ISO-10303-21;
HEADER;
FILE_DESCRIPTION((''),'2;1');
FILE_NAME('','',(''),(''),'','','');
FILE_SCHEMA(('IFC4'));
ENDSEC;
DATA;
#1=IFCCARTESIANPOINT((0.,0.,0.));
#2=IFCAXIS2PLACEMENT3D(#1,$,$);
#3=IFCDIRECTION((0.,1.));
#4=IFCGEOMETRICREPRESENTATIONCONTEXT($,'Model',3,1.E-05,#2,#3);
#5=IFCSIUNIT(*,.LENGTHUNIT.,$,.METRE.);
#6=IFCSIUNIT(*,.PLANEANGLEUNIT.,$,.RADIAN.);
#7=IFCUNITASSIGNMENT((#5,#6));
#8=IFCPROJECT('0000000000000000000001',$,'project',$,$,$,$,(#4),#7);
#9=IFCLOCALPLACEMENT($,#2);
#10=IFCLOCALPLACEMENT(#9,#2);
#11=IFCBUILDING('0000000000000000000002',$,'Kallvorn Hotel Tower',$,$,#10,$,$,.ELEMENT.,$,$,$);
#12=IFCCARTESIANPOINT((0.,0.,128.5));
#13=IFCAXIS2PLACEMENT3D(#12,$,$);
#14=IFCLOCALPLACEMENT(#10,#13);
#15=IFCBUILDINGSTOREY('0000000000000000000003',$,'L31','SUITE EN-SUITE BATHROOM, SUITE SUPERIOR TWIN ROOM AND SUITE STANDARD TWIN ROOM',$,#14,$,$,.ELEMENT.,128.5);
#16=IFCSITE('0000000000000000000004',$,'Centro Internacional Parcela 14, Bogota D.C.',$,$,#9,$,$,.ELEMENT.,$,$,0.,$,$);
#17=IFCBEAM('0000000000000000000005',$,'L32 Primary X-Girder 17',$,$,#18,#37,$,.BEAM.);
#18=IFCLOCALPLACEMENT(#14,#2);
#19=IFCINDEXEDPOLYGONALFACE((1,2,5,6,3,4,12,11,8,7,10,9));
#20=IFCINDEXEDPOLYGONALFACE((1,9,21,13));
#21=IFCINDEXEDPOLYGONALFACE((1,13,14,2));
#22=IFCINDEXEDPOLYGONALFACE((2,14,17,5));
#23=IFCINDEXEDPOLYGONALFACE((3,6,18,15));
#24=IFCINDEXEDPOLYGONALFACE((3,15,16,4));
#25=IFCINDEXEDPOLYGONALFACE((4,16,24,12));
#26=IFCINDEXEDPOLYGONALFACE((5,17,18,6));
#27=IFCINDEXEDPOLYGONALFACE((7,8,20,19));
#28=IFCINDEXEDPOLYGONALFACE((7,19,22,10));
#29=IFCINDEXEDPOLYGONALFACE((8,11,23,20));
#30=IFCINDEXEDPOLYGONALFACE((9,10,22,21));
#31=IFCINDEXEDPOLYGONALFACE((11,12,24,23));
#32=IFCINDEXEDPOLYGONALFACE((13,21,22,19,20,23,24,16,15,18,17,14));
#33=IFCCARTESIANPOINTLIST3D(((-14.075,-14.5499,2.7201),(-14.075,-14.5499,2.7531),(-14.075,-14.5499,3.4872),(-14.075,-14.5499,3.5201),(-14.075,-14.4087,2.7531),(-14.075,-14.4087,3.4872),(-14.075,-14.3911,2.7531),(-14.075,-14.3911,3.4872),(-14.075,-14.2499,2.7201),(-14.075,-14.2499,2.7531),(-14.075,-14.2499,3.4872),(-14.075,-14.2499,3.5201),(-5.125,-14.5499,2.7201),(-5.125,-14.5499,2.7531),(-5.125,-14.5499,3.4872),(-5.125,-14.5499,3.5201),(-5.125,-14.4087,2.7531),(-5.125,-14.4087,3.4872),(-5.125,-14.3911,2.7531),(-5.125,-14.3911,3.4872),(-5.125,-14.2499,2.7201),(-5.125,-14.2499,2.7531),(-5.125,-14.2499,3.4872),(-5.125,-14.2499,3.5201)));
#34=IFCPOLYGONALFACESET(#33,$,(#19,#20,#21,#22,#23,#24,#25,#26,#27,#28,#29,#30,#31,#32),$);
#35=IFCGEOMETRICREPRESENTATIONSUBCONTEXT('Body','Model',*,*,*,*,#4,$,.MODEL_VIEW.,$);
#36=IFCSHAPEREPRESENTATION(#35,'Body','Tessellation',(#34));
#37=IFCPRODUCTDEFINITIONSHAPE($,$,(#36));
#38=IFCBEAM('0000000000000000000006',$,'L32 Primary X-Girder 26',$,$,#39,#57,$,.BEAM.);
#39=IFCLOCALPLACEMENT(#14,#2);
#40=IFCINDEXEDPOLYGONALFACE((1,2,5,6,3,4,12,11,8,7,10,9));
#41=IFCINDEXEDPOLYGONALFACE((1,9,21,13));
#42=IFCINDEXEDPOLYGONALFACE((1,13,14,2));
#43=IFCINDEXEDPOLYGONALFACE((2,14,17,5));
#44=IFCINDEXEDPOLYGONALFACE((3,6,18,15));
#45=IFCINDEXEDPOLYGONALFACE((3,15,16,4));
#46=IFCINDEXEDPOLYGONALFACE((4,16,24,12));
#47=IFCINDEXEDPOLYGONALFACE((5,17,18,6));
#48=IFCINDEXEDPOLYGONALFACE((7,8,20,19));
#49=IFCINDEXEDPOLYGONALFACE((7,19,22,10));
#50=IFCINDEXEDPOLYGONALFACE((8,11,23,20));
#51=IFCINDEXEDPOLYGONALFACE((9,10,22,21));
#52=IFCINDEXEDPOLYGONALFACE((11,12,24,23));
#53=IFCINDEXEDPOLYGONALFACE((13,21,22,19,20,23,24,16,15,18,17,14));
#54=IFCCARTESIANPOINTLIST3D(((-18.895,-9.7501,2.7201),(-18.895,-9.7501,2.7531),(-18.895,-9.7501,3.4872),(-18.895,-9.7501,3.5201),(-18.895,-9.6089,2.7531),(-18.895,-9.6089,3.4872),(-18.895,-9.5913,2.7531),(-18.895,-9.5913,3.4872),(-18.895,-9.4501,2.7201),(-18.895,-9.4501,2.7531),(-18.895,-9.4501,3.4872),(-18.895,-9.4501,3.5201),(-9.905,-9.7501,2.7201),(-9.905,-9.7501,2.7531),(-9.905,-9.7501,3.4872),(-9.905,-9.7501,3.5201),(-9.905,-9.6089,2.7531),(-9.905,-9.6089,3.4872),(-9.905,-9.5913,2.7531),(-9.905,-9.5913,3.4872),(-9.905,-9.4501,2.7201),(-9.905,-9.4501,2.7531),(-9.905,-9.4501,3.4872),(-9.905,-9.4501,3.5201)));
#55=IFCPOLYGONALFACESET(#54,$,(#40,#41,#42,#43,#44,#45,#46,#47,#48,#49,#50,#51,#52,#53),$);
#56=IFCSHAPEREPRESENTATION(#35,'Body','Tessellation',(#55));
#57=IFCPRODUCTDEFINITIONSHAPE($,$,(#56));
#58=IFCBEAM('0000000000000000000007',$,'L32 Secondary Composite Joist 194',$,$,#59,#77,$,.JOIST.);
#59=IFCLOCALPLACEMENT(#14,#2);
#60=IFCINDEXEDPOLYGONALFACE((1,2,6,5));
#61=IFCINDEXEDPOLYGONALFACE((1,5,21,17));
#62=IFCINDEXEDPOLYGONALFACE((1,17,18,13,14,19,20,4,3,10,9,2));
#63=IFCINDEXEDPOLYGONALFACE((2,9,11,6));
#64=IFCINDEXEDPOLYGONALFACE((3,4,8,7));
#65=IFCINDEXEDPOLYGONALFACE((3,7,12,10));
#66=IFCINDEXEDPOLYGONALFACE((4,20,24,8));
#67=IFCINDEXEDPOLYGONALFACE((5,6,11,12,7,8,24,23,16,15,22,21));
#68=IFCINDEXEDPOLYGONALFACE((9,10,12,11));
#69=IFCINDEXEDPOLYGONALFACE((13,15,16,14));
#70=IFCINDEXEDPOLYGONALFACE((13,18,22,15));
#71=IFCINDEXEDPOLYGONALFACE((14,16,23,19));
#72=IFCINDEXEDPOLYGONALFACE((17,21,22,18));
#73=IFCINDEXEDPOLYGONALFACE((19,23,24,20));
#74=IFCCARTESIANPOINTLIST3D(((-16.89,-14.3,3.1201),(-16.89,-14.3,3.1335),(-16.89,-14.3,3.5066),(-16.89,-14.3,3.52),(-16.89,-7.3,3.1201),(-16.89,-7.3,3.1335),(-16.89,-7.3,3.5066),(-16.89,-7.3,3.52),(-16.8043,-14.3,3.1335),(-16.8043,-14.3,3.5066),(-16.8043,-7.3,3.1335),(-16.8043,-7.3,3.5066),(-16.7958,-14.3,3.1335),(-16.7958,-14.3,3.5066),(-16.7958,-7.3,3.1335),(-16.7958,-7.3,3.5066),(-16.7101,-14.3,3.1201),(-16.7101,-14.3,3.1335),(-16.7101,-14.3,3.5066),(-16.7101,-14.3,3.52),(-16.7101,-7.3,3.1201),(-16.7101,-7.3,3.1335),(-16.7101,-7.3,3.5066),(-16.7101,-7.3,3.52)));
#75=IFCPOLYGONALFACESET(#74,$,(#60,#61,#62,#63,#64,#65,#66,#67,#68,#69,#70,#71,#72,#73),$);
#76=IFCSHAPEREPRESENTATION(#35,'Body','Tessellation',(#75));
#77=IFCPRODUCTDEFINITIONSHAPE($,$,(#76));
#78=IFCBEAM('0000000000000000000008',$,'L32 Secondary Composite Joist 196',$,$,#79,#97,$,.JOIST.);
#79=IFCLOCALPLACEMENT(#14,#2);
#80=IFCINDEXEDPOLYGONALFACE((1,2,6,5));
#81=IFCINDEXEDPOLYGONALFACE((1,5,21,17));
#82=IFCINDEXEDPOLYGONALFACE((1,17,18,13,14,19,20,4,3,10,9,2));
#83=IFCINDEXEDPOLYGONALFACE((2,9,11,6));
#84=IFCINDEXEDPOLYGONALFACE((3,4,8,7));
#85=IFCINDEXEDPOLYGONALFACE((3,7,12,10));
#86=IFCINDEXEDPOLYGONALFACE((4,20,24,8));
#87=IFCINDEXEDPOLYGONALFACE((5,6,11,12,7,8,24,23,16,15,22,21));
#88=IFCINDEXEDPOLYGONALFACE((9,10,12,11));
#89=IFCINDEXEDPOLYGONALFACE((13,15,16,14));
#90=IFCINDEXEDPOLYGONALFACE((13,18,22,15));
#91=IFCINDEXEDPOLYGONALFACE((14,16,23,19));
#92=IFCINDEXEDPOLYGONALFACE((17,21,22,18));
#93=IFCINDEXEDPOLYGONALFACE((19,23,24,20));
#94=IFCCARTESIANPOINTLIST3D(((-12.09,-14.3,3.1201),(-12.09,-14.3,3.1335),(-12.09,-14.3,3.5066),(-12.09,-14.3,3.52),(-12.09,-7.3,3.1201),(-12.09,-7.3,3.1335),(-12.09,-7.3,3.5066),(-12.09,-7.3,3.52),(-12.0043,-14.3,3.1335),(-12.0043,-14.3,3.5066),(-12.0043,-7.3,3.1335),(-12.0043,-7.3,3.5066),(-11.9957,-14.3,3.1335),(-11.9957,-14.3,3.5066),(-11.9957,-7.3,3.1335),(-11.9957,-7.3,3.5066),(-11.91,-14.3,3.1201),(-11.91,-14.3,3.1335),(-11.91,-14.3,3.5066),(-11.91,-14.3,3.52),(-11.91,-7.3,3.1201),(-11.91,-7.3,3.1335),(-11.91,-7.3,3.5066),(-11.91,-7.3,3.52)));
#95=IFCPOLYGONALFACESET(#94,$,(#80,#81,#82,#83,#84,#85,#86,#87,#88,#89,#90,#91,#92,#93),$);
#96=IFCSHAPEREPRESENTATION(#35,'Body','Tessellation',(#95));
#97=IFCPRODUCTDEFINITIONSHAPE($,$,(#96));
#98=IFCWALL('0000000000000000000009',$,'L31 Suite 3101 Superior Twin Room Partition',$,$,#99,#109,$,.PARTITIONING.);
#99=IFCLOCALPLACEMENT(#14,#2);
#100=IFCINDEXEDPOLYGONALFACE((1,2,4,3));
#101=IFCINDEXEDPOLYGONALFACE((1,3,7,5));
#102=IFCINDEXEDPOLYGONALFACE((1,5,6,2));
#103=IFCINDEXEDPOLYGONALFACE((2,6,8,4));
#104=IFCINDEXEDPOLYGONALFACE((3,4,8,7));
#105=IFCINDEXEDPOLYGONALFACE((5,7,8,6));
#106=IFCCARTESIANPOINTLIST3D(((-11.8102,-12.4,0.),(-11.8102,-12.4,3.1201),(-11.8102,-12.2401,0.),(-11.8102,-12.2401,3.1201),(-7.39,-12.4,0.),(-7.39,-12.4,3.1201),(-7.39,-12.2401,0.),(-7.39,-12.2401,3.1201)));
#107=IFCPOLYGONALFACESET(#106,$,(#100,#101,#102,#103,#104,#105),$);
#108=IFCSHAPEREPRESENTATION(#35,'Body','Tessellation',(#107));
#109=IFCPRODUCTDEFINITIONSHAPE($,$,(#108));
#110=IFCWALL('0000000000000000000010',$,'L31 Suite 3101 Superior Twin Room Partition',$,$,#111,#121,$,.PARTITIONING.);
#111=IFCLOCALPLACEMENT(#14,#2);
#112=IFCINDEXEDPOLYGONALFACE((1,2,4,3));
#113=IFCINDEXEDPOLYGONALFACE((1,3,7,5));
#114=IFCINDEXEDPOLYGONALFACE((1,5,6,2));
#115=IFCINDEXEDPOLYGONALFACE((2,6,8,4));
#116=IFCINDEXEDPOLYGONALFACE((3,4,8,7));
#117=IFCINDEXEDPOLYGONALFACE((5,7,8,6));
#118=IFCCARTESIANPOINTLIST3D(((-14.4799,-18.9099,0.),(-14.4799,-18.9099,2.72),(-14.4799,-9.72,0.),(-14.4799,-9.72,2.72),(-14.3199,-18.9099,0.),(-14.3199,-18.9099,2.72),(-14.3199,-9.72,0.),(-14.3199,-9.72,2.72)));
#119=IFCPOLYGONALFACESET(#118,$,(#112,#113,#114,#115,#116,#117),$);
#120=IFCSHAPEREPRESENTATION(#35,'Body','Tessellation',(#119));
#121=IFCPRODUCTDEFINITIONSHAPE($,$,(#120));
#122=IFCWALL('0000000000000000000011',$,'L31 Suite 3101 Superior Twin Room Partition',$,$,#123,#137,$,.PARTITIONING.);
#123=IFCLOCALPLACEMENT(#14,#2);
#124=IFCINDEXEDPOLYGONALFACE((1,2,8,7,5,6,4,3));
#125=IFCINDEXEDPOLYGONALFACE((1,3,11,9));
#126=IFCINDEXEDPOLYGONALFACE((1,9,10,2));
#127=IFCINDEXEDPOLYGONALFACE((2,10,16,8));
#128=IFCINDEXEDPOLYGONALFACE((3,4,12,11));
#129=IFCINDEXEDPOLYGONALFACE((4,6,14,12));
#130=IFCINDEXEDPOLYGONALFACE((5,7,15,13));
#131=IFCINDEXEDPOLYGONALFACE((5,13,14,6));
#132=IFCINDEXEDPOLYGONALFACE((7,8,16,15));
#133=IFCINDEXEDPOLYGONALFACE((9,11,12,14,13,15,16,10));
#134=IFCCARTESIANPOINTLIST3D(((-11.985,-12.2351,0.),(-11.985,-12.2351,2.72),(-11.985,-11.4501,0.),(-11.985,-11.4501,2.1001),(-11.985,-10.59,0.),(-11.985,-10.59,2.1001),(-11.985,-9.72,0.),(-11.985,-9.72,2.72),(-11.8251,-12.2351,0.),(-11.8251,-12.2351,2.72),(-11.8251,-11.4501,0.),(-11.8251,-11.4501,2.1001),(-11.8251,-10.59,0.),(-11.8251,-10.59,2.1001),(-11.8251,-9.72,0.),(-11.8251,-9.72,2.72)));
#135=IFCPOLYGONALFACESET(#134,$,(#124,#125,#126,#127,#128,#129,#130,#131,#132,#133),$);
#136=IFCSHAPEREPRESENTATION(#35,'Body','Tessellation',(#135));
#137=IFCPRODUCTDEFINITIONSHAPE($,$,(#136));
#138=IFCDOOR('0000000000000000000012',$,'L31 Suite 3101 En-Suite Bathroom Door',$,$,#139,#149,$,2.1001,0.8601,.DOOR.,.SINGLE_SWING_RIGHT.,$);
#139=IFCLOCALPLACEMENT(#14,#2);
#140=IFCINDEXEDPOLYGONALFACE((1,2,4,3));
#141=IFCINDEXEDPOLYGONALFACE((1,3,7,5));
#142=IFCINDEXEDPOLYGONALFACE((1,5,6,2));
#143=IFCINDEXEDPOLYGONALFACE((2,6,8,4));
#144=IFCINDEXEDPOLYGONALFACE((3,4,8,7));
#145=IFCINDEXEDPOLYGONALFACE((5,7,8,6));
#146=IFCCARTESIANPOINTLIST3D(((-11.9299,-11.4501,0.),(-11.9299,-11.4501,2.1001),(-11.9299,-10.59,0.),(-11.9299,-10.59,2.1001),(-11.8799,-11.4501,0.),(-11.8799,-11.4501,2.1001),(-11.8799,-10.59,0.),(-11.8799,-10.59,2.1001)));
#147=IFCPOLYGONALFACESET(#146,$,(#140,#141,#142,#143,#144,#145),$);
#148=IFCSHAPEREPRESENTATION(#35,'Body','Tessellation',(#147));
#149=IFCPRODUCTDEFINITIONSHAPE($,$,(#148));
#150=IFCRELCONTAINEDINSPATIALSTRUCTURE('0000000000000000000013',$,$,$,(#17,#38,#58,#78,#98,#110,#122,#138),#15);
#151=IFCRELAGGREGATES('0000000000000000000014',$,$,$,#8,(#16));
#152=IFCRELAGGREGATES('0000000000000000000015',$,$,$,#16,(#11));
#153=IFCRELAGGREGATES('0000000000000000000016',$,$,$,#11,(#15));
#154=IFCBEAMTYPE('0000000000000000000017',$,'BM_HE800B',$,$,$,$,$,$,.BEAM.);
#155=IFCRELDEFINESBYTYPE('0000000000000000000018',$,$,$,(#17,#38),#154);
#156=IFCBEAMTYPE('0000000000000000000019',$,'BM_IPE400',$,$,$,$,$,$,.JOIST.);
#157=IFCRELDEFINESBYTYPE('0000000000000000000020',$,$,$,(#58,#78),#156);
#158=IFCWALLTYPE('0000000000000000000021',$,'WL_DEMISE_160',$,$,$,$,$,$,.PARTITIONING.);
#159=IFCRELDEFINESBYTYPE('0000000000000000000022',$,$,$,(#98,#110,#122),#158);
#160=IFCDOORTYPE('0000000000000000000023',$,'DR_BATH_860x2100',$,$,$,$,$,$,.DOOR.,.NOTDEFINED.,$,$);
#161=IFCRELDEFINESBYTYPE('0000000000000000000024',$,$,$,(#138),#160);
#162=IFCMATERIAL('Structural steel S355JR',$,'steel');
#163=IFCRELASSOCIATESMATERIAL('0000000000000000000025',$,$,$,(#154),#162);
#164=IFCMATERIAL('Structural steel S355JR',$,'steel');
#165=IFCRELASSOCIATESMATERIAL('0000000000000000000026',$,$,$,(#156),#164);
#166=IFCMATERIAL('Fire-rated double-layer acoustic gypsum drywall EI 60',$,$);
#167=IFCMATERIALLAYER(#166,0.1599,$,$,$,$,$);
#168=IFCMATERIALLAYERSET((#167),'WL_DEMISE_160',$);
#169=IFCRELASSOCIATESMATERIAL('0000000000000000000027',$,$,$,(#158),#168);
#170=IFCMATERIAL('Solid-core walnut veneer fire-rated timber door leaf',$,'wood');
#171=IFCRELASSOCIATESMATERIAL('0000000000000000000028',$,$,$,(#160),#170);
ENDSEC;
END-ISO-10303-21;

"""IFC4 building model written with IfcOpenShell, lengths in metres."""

from ifc_helpers import new_model, si_unit, direction, frame, frame_2d, origin, origin_2d, place, context, subcontext, project, spatial, rectangle, i_section, extrude, material, layer, layer_set, material_profile, profile_set, type_object, element, fill, save


model = new_model("IFC4")

# Units and contexts
model_context = context("Model", 3, precision=1e-05, world=origin(), true_north=direction((0.0, 1.0)))
body_context = subcontext(model_context, "Body", "Model", "MODEL_VIEW")
ifc_project = project(units=[si_unit("LENGTHUNIT", "METRE"), si_unit("PLANEANGLEUNIT", "RADIAN")], contexts=[model_context])

# Site, building, storey
site_placement = place(None, origin())
site = spatial("IfcSite", under=ifc_project, at=site_placement, Name="Centro Internacional Parcela 14, Bogota D.C.", CompositionType="ELEMENT", RefElevation=0.0)
building_placement = place(site_placement, origin())
building = spatial("IfcBuilding", under=site, at=building_placement, Name="Kallvorn Hotel Tower", CompositionType="ELEMENT")
storey_placement = place(building_placement, frame((0.0, 0.0, 128.5)))
storey = spatial("IfcBuildingStorey", under=building, at=storey_placement, Name="L31", Description="SUITE EN-SUITE BATHROOM, SUITE SUPERIOR TWIN ROOM AND SUITE STANDARD TWIN ROOM", CompositionType="ELEMENT", Elevation=128.5)

# Beams
ifc_material_1 = material(Name="Structural steel S355JR", Category="steel")
ifc_material_profile_1 = material_profile(ifc_material_1, i_section(OverallWidth=0.3, OverallDepth=0.8, WebThickness=0.0176, FlangeThickness=0.033, at=origin_2d()), Name="HE 800 B")
ifc_profile_set_1 = profile_set([ifc_material_profile_1], Name="Structural steel S355JR")
beam_type_1 = type_object("IfcBeamType", Name="BM_HE800B", PredefinedType="BEAM", material=ifc_profile_set_1)
beam_1_placement = place(storey_placement, frame((-14.075, -14.3999, 3.1201), z_axis=(1.0, 0.0, 0.0), x_axis=(0.0, 1.0, 0.0)))
element("IfcBeam", 1, at=beam_1_placement, inside=storey, type_object=beam_type_1, Name="L32 Primary X-Girder 17", PredefinedType="BEAM", context=body_context, shape_type="SweptSolid", body=[
    extrude(i_section(OverallWidth=0.3, OverallDepth=0.8, WebThickness=0.0176, FlangeThickness=0.033, at=origin_2d()), origin(), (0.0, 0.0, 1.0), 8.95),
])
beam_2_placement = place(storey_placement, frame((-18.895, -9.6001, 3.1201), z_axis=(1.0, 0.0, 0.0), x_axis=(0.0, 1.0, 0.0)))
element("IfcBeam", 2, at=beam_2_placement, inside=storey, type_object=beam_type_1, Name="L32 Primary X-Girder 26", PredefinedType="BEAM", context=body_context, shape_type="SweptSolid", body=[
    extrude(i_section(OverallWidth=0.3, OverallDepth=0.8, WebThickness=0.0176, FlangeThickness=0.033, at=origin_2d()), origin(), (0.0, 0.0, 1.0), 8.99),
])
ifc_material_2 = material(Name="Structural steel S355JR", Category="steel")
ifc_material_profile_2 = material_profile(ifc_material_2, i_section(OverallWidth=0.1799, OverallDepth=0.3999, WebThickness=0.0085, FlangeThickness=0.0134, at=origin_2d()), Name="IPE 400")
ifc_profile_set_2 = profile_set([ifc_material_profile_2], Name="Structural steel S355JR")
beam_type_2 = type_object("IfcBeamType", Name="BM_IPE400", PredefinedType="JOIST", material=ifc_profile_set_2)
for number, where, z_axis, x_axis, name in (
    (3, (-16.8, -14.3, 3.3201), (0.0, 1.0, 0.0), (-1.0, 0.0, 0.0), "L32 Secondary Composite Joist 194"),
    (4, (-12.0, -14.3, 3.3201), (0.0, 1.0, 0.0), (-1.0, 0.0, 0.0), "L32 Secondary Composite Joist 196"),
):
    element("IfcBeam", number, at=place(storey_placement, frame(where, z_axis=z_axis, x_axis=x_axis)), inside=storey, type_object=beam_type_2, Name=name, PredefinedType="JOIST", context=body_context, shape_type="SweptSolid", body=[
        extrude(i_section(OverallWidth=0.1799, OverallDepth=0.3999, WebThickness=0.0085, FlangeThickness=0.0134, at=origin_2d()), origin(), (0.0, 0.0, 1.0), 7.0),
    ])

# Wall
ifc_material_3 = material(Name="Fire-rated double-layer acoustic gypsum drywall EI 60")
ifc_layer = layer(ifc_material_3, 0.1599)
ifc_layer_set = layer_set([ifc_layer], Name="WL_DEMISE_160")
wall_type = type_object("IfcWallType", Name="WL_DEMISE_160", PredefinedType="PARTITIONING", material=ifc_layer_set)
wall_1_placement = place(storey_placement, frame((-11.8101, -12.3201, 0.0), z_axis=(0.0, 0.0, 1.0), x_axis=(1.0, 0.0, 0.0)))
element("IfcWall", 5, at=wall_1_placement, inside=storey, type_object=wall_type, Name="L31 Suite 3101 Superior Twin Room Partition", PredefinedType="PARTITIONING", context=body_context, shape_type="SweptSolid", body=[
    extrude(rectangle(XDim=4.4202, YDim=0.1599, at=frame_2d((2.21, 0.0))), origin(), (0.0, 0.0, 1.0), 3.1201),
])

# Wall
wall_2_placement = place(storey_placement, frame((-14.3999, -18.9099, 0.0), z_axis=(0.0, 0.0, 1.0), x_axis=(0.0, 1.0, 0.0)))
element("IfcWall", 6, at=wall_2_placement, inside=storey, type_object=wall_type, Name="L31 Suite 3101 Superior Twin Room Partition", PredefinedType="PARTITIONING", context=body_context, shape_type="SweptSolid", body=[
    extrude(rectangle(XDim=9.1899, YDim=0.1599, at=frame_2d((4.595, 0.0))), origin(), (0.0, 0.0, 1.0), 2.72),
])

# Wall, opening, door
wall_3_placement = place(storey_placement, frame((-11.905, -12.2351, 0.0), z_axis=(0.0, 0.0, 1.0), x_axis=(0.0, 1.0, 0.0)))
wall_3 = element("IfcWall", 7, at=wall_3_placement, inside=storey, type_object=wall_type, Name="L31 Suite 3101 Superior Twin Room Partition", PredefinedType="PARTITIONING", context=body_context, shape_type="SweptSolid", body=[
    extrude(rectangle(XDim=2.5151, YDim=0.1599, at=frame_2d((1.2576, 0.0))), origin(), (0.0, 0.0, 1.0), 2.72),
])
opening_1_placement = place(wall_3_placement, frame((0.7849, 0.0, 0.0)))
opening_1 = element("IfcOpeningElement", 8, at=opening_1_placement, cuts=wall_3, PredefinedType="OPENING", context=body_context, shape_type="SweptSolid", body=[
    extrude(rectangle(XDim=0.8601, YDim=2.1001, at=frame_2d((0.4302, 1.05))), frame((0.0, 0.095, 0.0), z_axis=(0.0, -1.0, 0.0), x_axis=(1.0, 0.0, 0.0)), (0.0, 0.0, 1.0), 0.1899),
])
ifc_material_4 = material(Name="Solid-core walnut veneer fire-rated timber door leaf", Category="wood")
door_type_1 = type_object("IfcDoorType", Name="DR_BATH_860x2100", OperationType="NOTDEFINED", PredefinedType="DOOR", material=ifc_material_4)
door_1_placement = place(opening_1_placement, origin())
door_1 = element("IfcDoor", 9, at=door_1_placement, inside=storey, type_object=door_type_1, Name="L31 Suite 3101 En-Suite Bathroom Door", OperationType="SINGLE_SWING_RIGHT", OverallHeight=2.1001, OverallWidth=0.8601, PredefinedType="DOOR", context=body_context, shape_type="SweptSolid", body=[
    extrude(rectangle(XDim=0.8601, YDim=2.1001, at=frame_2d((0.4302, 1.05))), frame((0.0, 0.0249, 0.0), z_axis=(0.0, -1.0, 0.0), x_axis=(1.0, 0.0, 0.0)), (0.0, 0.0, 1.0), 0.05),
])
fill(opening_1, door_1)

save(model, "model.ifc")
